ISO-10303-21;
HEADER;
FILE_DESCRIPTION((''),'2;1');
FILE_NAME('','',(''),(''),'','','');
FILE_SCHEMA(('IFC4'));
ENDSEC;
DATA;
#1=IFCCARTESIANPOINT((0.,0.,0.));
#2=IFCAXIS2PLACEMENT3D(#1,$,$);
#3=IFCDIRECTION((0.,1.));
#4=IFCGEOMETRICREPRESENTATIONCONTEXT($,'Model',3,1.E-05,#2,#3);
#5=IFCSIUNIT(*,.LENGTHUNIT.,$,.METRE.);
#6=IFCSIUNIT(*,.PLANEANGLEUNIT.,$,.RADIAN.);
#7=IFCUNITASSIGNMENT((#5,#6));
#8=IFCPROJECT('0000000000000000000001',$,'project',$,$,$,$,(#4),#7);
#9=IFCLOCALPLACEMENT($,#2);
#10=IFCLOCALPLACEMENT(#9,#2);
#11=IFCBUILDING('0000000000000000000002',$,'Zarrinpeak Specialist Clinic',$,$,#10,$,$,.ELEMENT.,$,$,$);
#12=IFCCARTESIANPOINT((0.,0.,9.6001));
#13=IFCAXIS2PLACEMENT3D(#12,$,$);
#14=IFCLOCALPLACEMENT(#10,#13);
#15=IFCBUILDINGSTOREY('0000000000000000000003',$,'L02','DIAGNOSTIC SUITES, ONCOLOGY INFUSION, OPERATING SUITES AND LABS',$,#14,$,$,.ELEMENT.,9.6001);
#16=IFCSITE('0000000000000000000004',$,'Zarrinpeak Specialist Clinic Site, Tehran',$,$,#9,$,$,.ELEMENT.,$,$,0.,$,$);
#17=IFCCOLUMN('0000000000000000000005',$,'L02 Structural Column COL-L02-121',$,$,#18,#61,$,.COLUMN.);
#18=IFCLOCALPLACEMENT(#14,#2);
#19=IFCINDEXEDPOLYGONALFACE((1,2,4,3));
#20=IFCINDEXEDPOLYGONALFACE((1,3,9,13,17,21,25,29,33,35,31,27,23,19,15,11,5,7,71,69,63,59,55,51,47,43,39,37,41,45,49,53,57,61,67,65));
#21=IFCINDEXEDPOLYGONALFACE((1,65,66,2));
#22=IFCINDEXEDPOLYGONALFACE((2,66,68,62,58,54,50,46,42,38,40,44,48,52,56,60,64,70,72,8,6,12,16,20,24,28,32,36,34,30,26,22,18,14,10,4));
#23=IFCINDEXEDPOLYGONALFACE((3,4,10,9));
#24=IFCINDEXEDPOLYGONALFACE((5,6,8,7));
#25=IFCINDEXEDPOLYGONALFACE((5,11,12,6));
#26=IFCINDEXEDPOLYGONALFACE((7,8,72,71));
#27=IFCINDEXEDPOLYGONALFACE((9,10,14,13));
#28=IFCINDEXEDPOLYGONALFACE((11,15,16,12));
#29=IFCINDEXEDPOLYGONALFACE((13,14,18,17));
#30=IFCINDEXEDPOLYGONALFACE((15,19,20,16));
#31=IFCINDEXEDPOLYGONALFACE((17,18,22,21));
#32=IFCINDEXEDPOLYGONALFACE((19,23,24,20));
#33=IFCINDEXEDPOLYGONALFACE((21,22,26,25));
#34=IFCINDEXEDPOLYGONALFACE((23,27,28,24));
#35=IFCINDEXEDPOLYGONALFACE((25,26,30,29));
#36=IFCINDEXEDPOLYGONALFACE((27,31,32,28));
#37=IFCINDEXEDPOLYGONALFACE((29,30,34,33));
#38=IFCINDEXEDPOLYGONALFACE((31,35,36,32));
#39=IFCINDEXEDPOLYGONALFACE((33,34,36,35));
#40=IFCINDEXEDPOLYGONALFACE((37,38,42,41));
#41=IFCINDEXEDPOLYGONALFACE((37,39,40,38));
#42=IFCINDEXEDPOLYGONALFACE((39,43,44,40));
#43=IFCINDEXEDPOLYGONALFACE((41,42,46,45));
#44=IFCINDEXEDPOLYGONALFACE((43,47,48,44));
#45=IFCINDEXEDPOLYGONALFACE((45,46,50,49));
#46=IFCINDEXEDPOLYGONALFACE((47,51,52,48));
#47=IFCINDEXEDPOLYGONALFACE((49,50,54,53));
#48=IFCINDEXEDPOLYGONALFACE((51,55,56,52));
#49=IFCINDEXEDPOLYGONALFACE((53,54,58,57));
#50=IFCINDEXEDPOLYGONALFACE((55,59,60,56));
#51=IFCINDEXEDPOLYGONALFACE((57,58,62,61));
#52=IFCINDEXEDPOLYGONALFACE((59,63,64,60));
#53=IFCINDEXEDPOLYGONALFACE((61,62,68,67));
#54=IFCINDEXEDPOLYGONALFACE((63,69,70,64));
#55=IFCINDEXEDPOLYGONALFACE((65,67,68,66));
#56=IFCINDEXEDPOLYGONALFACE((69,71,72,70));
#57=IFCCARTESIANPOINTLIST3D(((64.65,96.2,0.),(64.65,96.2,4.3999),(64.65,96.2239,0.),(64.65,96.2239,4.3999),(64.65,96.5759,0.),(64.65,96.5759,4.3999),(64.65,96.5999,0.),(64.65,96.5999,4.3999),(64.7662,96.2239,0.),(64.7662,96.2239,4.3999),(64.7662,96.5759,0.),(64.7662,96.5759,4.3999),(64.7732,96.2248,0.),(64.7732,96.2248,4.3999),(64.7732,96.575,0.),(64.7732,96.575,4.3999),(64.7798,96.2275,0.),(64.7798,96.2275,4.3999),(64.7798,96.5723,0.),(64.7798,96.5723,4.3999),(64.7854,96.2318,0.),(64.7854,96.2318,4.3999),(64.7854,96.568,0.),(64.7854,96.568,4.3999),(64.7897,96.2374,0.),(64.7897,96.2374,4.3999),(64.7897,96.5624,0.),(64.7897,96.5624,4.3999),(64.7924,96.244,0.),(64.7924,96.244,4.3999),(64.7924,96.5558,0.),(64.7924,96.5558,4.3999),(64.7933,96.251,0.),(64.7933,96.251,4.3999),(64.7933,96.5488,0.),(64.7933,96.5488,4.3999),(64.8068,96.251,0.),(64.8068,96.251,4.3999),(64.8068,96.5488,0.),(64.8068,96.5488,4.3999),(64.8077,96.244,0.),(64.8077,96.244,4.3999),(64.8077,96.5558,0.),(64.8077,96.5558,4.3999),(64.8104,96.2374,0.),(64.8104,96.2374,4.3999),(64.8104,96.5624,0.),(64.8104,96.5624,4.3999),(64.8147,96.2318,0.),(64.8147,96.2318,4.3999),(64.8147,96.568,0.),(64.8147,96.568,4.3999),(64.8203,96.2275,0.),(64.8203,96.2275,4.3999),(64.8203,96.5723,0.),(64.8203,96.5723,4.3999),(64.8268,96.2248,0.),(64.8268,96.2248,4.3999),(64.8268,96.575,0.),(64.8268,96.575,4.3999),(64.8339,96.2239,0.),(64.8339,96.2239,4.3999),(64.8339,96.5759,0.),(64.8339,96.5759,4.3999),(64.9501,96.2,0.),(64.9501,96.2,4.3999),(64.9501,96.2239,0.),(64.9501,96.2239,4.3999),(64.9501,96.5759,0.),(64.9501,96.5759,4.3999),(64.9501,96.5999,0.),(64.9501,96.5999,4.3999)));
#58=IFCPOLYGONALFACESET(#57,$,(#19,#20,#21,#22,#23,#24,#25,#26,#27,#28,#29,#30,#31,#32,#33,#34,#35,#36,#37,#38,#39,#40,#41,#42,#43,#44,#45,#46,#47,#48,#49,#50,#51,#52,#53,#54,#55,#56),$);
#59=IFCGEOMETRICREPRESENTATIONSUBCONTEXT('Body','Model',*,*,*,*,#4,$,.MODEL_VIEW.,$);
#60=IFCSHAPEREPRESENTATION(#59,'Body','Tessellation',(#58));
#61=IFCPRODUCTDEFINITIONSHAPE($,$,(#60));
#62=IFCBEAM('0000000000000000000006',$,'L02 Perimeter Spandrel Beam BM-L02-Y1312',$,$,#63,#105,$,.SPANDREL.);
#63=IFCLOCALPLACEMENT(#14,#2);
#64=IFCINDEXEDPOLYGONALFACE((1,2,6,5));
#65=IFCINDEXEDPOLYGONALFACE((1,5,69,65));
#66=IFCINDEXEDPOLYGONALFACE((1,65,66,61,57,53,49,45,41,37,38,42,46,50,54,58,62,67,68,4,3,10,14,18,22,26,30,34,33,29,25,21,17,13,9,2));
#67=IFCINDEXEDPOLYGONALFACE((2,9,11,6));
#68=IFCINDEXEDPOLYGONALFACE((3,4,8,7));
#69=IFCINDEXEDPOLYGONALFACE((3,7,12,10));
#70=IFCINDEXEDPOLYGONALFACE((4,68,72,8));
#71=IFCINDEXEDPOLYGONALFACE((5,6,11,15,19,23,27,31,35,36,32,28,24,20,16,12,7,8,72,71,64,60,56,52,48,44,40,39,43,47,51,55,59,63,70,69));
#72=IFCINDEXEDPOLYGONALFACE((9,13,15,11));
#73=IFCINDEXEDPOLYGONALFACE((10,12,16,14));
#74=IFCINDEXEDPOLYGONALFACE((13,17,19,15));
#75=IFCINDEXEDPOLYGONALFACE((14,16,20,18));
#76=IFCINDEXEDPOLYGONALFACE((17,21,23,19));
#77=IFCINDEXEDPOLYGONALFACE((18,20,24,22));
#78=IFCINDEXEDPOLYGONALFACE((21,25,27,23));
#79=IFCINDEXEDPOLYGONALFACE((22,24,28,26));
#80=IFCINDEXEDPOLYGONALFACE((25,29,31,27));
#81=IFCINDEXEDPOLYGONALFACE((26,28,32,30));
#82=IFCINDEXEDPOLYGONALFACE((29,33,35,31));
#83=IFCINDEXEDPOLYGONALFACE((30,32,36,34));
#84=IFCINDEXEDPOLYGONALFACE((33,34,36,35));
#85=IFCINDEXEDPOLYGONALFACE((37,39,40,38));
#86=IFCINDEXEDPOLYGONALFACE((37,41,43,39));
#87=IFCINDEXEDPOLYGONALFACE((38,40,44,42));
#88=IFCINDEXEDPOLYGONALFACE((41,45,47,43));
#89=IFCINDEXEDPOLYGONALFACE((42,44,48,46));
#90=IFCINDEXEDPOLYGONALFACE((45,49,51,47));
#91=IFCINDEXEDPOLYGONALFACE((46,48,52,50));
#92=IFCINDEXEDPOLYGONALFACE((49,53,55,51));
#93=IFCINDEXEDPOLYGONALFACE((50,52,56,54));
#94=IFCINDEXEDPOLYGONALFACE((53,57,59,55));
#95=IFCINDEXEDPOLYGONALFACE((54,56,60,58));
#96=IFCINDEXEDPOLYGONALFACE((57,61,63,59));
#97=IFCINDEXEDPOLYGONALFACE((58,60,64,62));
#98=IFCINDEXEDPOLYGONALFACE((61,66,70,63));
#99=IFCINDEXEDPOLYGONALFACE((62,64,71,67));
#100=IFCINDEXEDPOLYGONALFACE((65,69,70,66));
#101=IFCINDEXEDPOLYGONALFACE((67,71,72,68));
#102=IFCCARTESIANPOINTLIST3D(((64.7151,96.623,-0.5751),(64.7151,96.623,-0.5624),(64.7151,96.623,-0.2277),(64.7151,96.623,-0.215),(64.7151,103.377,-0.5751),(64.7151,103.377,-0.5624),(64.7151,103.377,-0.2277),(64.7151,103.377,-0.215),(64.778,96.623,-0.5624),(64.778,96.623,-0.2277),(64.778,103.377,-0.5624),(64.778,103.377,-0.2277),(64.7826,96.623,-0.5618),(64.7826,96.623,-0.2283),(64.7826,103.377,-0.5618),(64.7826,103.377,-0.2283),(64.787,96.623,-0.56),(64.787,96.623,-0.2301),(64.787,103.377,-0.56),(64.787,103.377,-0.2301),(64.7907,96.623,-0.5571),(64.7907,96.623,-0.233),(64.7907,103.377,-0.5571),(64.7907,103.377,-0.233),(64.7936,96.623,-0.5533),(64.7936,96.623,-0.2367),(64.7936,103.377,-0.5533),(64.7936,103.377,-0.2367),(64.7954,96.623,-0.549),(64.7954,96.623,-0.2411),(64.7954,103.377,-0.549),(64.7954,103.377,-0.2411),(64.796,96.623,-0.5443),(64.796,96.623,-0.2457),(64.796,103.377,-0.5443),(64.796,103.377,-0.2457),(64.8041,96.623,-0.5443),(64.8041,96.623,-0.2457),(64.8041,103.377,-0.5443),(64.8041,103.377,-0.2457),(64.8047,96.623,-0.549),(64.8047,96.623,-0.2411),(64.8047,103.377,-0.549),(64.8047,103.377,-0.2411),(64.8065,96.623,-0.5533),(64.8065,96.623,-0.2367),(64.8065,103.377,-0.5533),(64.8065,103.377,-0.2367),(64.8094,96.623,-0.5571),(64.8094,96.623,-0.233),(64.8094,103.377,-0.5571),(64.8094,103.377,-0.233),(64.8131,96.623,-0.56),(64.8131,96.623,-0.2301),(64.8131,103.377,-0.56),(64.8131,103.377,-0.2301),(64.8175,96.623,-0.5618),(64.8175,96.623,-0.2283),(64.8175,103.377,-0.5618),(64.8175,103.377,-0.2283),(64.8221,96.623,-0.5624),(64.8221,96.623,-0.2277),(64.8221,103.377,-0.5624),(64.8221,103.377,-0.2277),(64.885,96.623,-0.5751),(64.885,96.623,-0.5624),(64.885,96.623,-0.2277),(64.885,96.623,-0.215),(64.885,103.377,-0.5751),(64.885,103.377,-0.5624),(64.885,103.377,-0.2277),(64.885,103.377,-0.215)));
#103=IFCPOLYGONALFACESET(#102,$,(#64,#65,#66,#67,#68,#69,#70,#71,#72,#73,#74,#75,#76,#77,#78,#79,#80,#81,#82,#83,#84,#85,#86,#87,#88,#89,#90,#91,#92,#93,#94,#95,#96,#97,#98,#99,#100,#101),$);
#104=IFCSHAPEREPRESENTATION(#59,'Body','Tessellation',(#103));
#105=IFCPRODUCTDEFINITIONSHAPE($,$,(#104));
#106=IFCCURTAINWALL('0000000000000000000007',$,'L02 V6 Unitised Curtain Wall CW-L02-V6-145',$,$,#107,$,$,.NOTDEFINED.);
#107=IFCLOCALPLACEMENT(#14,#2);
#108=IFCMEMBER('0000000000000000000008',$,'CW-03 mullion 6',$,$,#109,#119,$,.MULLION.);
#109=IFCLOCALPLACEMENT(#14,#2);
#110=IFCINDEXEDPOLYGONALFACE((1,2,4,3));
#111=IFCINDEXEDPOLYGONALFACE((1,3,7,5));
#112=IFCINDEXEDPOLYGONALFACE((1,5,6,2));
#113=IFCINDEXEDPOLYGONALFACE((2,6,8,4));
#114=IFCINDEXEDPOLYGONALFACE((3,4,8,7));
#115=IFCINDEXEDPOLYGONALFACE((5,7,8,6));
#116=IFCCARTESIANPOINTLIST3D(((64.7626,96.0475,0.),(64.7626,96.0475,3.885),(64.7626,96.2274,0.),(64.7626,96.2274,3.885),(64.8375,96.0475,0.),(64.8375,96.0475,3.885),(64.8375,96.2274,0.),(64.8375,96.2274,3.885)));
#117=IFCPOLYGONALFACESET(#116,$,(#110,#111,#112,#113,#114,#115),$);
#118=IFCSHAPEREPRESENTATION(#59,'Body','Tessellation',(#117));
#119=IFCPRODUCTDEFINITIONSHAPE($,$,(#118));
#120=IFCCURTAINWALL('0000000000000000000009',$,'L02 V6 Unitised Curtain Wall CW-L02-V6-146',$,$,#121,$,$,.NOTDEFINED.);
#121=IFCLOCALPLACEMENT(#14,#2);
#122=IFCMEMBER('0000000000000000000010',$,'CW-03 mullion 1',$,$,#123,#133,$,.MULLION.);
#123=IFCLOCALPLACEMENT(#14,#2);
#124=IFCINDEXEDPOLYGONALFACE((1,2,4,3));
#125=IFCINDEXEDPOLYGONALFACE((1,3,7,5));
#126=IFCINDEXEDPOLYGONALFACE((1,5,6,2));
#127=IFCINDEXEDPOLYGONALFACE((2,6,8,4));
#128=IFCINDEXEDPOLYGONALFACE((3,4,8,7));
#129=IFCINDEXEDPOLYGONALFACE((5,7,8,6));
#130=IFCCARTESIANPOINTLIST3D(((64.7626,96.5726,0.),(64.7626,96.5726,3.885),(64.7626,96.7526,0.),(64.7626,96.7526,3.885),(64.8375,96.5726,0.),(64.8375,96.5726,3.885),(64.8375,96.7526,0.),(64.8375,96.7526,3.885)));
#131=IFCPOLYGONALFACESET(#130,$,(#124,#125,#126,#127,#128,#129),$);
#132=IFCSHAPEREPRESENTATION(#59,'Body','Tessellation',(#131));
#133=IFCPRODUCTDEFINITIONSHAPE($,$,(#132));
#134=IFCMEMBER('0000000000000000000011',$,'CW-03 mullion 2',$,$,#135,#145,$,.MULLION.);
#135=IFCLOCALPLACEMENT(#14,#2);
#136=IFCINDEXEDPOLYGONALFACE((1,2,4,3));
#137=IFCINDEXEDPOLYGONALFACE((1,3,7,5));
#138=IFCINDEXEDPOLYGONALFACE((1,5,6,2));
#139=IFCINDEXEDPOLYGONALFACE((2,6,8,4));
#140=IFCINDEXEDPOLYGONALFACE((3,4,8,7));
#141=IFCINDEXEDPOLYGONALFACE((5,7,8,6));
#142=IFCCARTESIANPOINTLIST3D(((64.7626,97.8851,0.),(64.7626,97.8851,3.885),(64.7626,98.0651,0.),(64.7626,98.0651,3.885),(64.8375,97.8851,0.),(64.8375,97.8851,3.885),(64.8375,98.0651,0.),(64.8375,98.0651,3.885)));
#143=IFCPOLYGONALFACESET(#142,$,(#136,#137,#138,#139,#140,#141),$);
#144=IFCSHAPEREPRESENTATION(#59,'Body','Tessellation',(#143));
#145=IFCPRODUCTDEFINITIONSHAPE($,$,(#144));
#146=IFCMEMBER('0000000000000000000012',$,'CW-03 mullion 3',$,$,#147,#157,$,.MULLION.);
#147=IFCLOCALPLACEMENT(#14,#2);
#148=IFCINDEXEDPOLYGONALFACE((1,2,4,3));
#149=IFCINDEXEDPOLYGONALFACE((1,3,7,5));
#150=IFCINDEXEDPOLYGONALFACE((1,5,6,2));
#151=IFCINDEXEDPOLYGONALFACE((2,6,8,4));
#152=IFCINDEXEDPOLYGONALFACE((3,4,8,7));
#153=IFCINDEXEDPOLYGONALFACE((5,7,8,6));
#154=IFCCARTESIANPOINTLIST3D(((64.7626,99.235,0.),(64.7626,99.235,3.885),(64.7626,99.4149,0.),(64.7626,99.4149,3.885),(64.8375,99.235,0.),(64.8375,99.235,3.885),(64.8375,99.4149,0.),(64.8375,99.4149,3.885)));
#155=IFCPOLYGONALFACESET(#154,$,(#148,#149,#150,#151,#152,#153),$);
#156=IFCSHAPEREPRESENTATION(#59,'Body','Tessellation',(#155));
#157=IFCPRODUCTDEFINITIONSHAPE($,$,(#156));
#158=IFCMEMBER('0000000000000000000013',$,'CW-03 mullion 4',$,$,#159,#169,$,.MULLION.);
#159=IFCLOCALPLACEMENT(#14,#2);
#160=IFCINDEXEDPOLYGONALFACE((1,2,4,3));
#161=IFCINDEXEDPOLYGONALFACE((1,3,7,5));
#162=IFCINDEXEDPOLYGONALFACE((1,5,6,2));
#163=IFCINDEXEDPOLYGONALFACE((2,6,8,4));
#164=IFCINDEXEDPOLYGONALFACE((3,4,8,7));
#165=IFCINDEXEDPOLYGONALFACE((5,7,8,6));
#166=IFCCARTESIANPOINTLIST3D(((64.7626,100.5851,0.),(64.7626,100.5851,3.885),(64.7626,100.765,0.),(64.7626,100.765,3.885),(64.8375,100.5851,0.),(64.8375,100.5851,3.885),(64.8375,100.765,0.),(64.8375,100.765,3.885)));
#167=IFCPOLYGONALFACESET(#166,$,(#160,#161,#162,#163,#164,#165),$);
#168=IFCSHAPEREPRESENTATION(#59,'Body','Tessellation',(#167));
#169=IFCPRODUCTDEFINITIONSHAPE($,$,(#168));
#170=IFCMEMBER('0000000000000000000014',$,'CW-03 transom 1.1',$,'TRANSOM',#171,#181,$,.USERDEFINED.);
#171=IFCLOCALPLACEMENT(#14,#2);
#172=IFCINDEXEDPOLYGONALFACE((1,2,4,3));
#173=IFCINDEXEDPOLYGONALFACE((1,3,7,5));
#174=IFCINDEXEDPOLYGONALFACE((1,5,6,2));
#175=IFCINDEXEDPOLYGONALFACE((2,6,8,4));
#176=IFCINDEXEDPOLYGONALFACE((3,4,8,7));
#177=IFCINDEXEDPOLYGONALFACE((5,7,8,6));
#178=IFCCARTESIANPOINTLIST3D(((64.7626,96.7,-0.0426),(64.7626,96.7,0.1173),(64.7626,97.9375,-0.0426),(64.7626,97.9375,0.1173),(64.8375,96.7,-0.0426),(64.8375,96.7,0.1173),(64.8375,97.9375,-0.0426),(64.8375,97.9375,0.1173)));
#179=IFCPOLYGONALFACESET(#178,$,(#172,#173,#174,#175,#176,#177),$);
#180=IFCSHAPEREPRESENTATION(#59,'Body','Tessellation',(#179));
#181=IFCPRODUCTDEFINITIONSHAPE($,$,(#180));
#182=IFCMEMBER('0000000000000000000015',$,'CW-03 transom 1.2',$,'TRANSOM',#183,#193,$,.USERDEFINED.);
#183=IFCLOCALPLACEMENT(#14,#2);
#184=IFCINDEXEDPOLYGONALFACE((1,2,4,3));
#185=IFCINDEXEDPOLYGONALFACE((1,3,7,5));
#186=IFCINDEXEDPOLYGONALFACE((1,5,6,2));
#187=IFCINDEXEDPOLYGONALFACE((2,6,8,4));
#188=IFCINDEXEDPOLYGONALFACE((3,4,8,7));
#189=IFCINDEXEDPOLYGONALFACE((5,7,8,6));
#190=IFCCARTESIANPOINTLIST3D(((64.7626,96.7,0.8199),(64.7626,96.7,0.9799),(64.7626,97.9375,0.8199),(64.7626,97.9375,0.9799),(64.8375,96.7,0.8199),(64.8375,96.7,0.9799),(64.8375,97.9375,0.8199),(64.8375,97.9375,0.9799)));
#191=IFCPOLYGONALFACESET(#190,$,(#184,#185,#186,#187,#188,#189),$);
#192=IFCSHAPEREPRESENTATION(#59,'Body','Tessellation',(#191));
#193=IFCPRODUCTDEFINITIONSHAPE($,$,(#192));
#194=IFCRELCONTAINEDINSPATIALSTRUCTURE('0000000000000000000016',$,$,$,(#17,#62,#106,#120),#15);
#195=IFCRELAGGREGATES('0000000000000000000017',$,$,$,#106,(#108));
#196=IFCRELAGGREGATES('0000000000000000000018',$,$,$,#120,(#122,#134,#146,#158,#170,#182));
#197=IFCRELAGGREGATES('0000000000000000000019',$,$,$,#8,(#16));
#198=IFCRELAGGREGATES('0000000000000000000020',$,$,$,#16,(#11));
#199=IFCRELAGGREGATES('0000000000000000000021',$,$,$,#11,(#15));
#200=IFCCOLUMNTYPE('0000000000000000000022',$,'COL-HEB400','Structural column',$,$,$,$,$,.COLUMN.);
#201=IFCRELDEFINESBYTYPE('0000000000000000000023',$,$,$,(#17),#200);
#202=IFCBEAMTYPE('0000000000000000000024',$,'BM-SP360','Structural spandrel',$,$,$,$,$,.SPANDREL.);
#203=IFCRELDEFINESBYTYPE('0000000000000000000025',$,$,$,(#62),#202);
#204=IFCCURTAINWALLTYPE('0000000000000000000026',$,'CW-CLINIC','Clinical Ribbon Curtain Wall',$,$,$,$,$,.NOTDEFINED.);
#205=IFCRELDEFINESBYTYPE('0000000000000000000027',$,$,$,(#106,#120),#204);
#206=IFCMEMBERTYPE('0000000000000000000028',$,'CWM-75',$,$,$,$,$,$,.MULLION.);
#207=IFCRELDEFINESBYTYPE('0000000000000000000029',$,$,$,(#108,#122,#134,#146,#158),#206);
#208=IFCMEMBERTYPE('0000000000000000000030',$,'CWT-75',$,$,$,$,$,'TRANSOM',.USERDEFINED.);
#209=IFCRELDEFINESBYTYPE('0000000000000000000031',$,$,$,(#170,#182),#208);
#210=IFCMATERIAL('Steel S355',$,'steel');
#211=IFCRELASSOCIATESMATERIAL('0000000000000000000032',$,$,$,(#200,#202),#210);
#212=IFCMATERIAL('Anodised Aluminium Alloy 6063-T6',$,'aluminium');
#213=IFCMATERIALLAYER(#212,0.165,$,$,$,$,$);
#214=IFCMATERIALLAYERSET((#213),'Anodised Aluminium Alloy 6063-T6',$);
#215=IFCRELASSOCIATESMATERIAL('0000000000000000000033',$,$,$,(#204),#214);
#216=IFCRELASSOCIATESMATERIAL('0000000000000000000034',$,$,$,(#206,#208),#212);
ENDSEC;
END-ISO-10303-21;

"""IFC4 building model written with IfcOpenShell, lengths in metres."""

from ifc_helpers import new_model, si_unit, direction, frame, origin, origin_2d, place, context, subcontext, project, spatial, rectangle, i_section, extrude, material, layer, layer_set, material_profile, profile_set, type_object, element, aggregate, save


model = new_model("IFC4")

# Units and contexts
model_context = context("Model", 3, precision=1e-05, world=origin(), true_north=direction((0.0, 1.0)))
body_context = subcontext(model_context, "Body", "Model", "MODEL_VIEW")
ifc_project = project(units=[si_unit("LENGTHUNIT", "METRE"), si_unit("PLANEANGLEUNIT", "RADIAN")], contexts=[model_context])

# Site, building, storey
site_placement = place(None, origin())
site = spatial("IfcSite", under=ifc_project, at=site_placement, Name="Zarrinpeak Specialist Clinic Site, Tehran", CompositionType="ELEMENT", RefElevation=0.0)
building_placement = place(site_placement, origin())
building = spatial("IfcBuilding", under=site, at=building_placement, Name="Zarrinpeak Specialist Clinic", CompositionType="ELEMENT")
storey_placement = place(building_placement, frame((0.0, 0.0, 9.6001)))
storey = spatial("IfcBuildingStorey", under=building, at=storey_placement, Name="L02", Description="DIAGNOSTIC SUITES, ONCOLOGY INFUSION, OPERATING SUITES AND LABS", CompositionType="ELEMENT", Elevation=9.6001)

# Column
ifc_material_1 = material(Name="Steel S355", Category="steel")
ifc_material_profile_1 = material_profile(ifc_material_1, i_section(OverallWidth=0.3, OverallDepth=0.3999, WebThickness=0.0134, FlangeThickness=0.0239, FilletRadius=0.0271, at=origin_2d()), Name="HEB 400")
ifc_profile_set_1 = profile_set([ifc_material_profile_1], Name="Steel S355")
column_type = type_object("IfcColumnType", Name="COL-HEB400", Description="Structural column", PredefinedType="COLUMN", material=ifc_profile_set_1)
column_placement = place(storey_placement, frame((64.8, 96.3999, 0.0), z_axis=(0.0, 0.0, 1.0), x_axis=(1.0, 0.0, 0.0)))
element("IfcColumn", 1, at=column_placement, inside=storey, type_object=column_type, Name="L02 Structural Column COL-L02-121", PredefinedType="COLUMN", context=body_context, shape_type="SweptSolid", body=[
    extrude(i_section(OverallWidth=0.3, OverallDepth=0.3999, WebThickness=0.0134, FlangeThickness=0.0239, FilletRadius=0.0271, at=origin_2d()), origin(), (0.0, 0.0, 1.0), 4.3999),
])

# Beam
ifc_material_profile_2 = material_profile(ifc_material_1, i_section(OverallWidth=0.1699, OverallDepth=0.3601, WebThickness=0.0081, FlangeThickness=0.0127, FilletRadius=0.0181, at=origin_2d()), Name="IPE 360")
ifc_profile_set_2 = profile_set([ifc_material_profile_2], Name="Steel S355")
beam_type = type_object("IfcBeamType", Name="BM-SP360", Description="Structural spandrel", PredefinedType="SPANDREL", material=ifc_profile_set_2)
beam_placement = place(storey_placement, frame((64.8, 96.623, -0.395), z_axis=(0.0, 1.0, 0.0), x_axis=(-1.0, 0.0, 0.0)))
element("IfcBeam", 2, at=beam_placement, inside=storey, type_object=beam_type, Name="L02 Perimeter Spandrel Beam BM-L02-Y1312", PredefinedType="SPANDREL", context=body_context, shape_type="SweptSolid", body=[
    extrude(i_section(OverallWidth=0.1699, OverallDepth=0.3601, WebThickness=0.0081, FlangeThickness=0.0127, FilletRadius=0.0181, at=origin_2d()), origin(), (0.0, 0.0, 1.0), 6.7539),
])

# Curtain wall, member
ifc_material_2 = material(Name="Anodised Aluminium Alloy 6063-T6", Category="aluminium")
ifc_layer_1 = layer(ifc_material_2, 0.165)
ifc_layer_set_1 = layer_set([ifc_layer_1], Name="Anodised Aluminium Alloy 6063-T6")
curtain_wall_type = type_object("IfcCurtainWallType", Name="CW-CLINIC", Description="Clinical Ribbon Curtain Wall", PredefinedType="NOTDEFINED", material=ifc_layer_set_1)
curtain_wall_1_placement = place(storey_placement, origin())
curtain_wall_1 = element("IfcCurtainWall", 3, at=curtain_wall_1_placement, inside=storey, type_object=curtain_wall_type, Name="L02 V6 Unitised Curtain Wall CW-L02-V6-145", PredefinedType="NOTDEFINED")
ifc_material_profile_3 = material_profile(ifc_material_2, rectangle(XDim=0.075, YDim=0.1799, at=origin_2d()), Name="ALU 75x180")
ifc_profile_set_3 = profile_set([ifc_material_profile_3], Name="Anodised Aluminium Alloy 6063-T6")
member_type_1 = type_object("IfcMemberType", Name="CWM-75", PredefinedType="MULLION", material=ifc_profile_set_3)
member_1_placement = place(storey_placement, frame((64.8, 96.1375, 0.0), z_axis=(0.0, 0.0, 1.0), x_axis=(-1.0, 0.0, 0.0)))
member_1 = element("IfcMember", 4, at=member_1_placement, type_object=member_type_1, Name="CW-03 mullion 6", PredefinedType="MULLION", context=body_context, shape_type="SweptSolid", body=[
    extrude(rectangle(XDim=0.075, YDim=0.1799, at=origin_2d()), origin(), (0.0, 0.0, 1.0), 3.885),
])

# Curtain wall, members
curtain_wall_2_placement = place(storey_placement, origin())
curtain_wall_2 = element("IfcCurtainWall", 5, at=curtain_wall_2_placement, inside=storey, type_object=curtain_wall_type, Name="L02 V6 Unitised Curtain Wall CW-L02-V6-146", PredefinedType="NOTDEFINED")
member_2_placement = place(storey_placement, frame((64.8, 96.6626, 0.0), z_axis=(0.0, 0.0, 1.0), x_axis=(-1.0, 0.0, 0.0)))
member_2 = element("IfcMember", 6, at=member_2_placement, type_object=member_type_1, Name="CW-03 mullion 1", PredefinedType="MULLION", context=body_context, shape_type="SweptSolid", body=[
    extrude(rectangle(XDim=0.075, YDim=0.1799, at=origin_2d()), origin(), (0.0, 0.0, 1.0), 3.885),
])
member_3_placement = place(storey_placement, frame((64.8, 97.9751, 0.0), z_axis=(0.0, 0.0, 1.0), x_axis=(-1.0, 0.0, 0.0)))
member_3 = element("IfcMember", 7, at=member_3_placement, type_object=member_type_1, Name="CW-03 mullion 2", PredefinedType="MULLION", context=body_context, shape_type="SweptSolid", body=[
    extrude(rectangle(XDim=0.075, YDim=0.1799, at=origin_2d()), origin(), (0.0, 0.0, 1.0), 3.885),
])
member_4_placement = place(storey_placement, frame((64.8, 99.325, 0.0), z_axis=(0.0, 0.0, 1.0), x_axis=(-1.0, 0.0, 0.0)))
member_4 = element("IfcMember", 8, at=member_4_placement, type_object=member_type_1, Name="CW-03 mullion 3", PredefinedType="MULLION", context=body_context, shape_type="SweptSolid", body=[
    extrude(rectangle(XDim=0.075, YDim=0.1799, at=origin_2d()), origin(), (0.0, 0.0, 1.0), 3.885),
])
member_5_placement = place(storey_placement, frame((64.8, 100.675, 0.0), z_axis=(0.0, 0.0, 1.0), x_axis=(-1.0, 0.0, 0.0)))
member_5 = element("IfcMember", 9, at=member_5_placement, type_object=member_type_1, Name="CW-03 mullion 4", PredefinedType="MULLION", context=body_context, shape_type="SweptSolid", body=[
    extrude(rectangle(XDim=0.075, YDim=0.1799, at=origin_2d()), origin(), (0.0, 0.0, 1.0), 3.885),
])
ifc_material_profile_4 = material_profile(ifc_material_2, rectangle(XDim=0.075, YDim=0.1599, at=origin_2d()), Name="ALU 75x160")
ifc_profile_set_4 = profile_set([ifc_material_profile_4], Name="Anodised Aluminium Alloy 6063-T6")
member_type_2 = type_object("IfcMemberType", Name="CWT-75", ElementType="TRANSOM", PredefinedType="USERDEFINED", material=ifc_profile_set_4)
member_6_placement = place(storey_placement, frame((64.8, 96.7, 0.0374), z_axis=(0.0, 1.0, 0.0), x_axis=(-1.0, 0.0, 0.0)))
member_6 = element("IfcMember", 10, at=member_6_placement, type_object=member_type_2, Name="CW-03 transom 1.1", ObjectType="TRANSOM", PredefinedType="USERDEFINED", context=body_context, shape_type="SweptSolid", body=[
    extrude(rectangle(XDim=0.075, YDim=0.1599, at=origin_2d()), origin(), (0.0, 0.0, 1.0), 1.2375),
])
member_7_placement = place(storey_placement, frame((64.8, 96.7, 0.8999), z_axis=(0.0, 1.0, 0.0), x_axis=(-1.0, 0.0, 0.0)))
member_7 = element("IfcMember", 11, at=member_7_placement, type_object=member_type_2, Name="CW-03 transom 1.2", ObjectType="TRANSOM", PredefinedType="USERDEFINED", context=body_context, shape_type="SweptSolid", body=[
    extrude(rectangle(XDim=0.075, YDim=0.1599, at=origin_2d()), origin(), (0.0, 0.0, 1.0), 1.2375),
])

aggregate(curtain_wall_1, [member_1])
aggregate(curtain_wall_2, [member_2, member_3, member_4, member_5, member_6, member_7])

save(model, "model.ifc")
